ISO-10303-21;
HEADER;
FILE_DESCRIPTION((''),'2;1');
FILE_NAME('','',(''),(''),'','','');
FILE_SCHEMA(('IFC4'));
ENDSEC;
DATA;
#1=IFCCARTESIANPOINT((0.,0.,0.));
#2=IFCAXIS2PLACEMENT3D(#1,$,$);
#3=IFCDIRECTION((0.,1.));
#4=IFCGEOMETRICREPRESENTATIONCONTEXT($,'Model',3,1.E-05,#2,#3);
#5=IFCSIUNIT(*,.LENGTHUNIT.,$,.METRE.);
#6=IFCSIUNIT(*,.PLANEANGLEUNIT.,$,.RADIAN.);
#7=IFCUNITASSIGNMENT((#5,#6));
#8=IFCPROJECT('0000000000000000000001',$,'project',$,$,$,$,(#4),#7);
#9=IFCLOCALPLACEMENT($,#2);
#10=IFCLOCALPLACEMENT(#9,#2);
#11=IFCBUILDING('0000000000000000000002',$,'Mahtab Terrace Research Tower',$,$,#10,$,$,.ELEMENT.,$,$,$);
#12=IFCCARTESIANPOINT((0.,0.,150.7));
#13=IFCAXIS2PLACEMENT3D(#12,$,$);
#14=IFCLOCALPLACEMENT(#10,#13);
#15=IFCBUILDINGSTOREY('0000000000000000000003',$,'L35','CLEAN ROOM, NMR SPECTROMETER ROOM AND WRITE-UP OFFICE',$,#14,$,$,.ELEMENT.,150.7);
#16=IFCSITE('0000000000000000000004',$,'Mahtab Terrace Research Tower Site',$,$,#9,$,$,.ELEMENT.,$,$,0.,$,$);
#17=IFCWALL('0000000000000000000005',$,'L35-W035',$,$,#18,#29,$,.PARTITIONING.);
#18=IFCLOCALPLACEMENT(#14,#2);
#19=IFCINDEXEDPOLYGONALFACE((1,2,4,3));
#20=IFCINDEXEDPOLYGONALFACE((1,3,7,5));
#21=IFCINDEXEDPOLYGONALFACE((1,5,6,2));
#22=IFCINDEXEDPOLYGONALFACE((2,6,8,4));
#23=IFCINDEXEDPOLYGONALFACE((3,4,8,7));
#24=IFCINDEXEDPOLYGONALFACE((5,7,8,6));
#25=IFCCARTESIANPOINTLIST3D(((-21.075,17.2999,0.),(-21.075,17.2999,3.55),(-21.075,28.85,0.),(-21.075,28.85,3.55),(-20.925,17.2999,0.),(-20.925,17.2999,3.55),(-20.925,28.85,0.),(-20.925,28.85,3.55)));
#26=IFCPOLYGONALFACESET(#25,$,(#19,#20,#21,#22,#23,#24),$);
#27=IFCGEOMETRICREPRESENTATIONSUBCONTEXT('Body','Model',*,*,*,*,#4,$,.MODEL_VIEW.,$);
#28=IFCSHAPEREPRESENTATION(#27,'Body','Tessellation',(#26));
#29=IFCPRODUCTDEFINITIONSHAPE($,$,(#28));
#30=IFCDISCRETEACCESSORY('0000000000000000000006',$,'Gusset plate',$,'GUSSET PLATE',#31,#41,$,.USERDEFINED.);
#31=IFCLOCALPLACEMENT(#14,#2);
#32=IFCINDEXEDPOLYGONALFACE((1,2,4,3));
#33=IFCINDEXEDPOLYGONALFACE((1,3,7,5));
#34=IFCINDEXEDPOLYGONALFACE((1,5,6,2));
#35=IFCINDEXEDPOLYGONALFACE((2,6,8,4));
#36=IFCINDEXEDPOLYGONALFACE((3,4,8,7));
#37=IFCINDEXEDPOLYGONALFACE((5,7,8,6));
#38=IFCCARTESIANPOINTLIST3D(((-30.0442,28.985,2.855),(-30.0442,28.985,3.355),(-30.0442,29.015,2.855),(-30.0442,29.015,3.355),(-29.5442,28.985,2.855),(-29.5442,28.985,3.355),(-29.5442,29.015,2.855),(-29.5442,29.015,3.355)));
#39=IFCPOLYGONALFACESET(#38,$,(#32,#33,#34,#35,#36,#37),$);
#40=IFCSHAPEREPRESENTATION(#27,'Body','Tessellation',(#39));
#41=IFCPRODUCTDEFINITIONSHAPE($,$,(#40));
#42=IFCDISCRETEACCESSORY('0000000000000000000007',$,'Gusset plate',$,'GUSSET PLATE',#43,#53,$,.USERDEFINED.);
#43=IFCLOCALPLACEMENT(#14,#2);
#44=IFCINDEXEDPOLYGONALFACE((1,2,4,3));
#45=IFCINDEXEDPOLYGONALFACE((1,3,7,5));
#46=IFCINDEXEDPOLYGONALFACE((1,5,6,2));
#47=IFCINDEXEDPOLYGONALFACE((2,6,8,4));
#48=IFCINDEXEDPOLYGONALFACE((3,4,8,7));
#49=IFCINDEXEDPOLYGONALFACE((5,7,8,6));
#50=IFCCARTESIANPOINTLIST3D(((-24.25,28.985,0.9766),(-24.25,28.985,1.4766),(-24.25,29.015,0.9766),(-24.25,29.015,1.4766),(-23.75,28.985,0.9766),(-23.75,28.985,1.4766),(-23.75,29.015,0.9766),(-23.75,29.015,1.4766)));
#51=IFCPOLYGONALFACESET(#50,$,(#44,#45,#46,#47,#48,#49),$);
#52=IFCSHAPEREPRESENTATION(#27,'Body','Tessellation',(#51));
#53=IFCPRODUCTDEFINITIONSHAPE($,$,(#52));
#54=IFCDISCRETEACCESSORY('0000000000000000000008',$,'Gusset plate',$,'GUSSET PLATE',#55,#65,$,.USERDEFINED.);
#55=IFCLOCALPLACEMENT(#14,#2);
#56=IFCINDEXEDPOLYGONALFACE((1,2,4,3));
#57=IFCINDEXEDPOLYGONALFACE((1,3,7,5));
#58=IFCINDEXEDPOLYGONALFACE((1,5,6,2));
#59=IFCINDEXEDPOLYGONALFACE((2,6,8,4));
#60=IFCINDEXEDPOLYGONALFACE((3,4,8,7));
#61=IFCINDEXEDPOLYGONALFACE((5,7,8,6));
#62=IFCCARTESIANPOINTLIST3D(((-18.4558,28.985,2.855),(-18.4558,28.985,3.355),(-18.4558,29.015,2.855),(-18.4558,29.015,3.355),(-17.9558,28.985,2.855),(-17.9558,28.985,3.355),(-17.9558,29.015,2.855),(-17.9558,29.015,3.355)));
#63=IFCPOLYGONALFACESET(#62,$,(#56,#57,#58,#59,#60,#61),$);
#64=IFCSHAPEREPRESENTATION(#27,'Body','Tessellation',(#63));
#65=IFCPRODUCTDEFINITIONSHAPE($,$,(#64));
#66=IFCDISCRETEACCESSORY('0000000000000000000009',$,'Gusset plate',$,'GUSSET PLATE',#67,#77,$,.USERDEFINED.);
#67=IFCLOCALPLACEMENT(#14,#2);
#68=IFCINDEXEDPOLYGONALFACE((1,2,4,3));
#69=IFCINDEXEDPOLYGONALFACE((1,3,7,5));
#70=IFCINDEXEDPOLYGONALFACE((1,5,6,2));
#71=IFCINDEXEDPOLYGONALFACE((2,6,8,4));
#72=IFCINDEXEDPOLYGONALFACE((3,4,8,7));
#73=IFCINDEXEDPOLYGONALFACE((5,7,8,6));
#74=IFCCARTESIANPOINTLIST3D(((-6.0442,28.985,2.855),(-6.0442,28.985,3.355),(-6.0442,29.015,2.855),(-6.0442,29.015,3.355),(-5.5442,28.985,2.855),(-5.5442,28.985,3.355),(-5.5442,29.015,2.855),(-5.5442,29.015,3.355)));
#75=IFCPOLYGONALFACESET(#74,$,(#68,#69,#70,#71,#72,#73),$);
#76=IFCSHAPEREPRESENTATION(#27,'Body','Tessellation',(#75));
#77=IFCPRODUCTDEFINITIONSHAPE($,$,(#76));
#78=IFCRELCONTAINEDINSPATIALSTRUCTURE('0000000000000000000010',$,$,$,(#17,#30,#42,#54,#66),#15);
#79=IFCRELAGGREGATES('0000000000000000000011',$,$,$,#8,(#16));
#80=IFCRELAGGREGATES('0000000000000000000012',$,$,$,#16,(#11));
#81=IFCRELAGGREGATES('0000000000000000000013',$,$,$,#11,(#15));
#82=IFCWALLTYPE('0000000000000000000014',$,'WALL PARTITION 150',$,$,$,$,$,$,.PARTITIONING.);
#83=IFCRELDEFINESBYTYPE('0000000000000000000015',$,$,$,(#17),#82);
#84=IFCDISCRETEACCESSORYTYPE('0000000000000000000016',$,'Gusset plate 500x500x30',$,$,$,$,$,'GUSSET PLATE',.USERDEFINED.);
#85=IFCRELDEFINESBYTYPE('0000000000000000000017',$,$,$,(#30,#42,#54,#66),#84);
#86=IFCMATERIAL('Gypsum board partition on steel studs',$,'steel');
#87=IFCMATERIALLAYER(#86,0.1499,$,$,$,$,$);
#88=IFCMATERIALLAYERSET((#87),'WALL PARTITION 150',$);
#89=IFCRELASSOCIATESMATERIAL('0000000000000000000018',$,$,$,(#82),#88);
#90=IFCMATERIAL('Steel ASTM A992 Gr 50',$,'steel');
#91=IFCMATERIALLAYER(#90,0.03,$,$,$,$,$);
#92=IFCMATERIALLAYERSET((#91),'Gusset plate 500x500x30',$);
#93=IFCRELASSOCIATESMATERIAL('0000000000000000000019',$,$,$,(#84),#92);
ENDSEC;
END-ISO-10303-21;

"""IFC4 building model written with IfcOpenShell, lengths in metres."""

from ifc_helpers import new_model, si_unit, direction, frame, frame_2d, origin, origin_2d, place, context, subcontext, project, spatial, rectangle, extrude, material, layer, layer_set, type_object, element, save


model = new_model("IFC4")

# Units and contexts
model_context = context("Model", 3, precision=1e-05, world=origin(), true_north=direction((0.0, 1.0)))
body_context = subcontext(model_context, "Body", "Model", "MODEL_VIEW")
ifc_project = project(units=[si_unit("LENGTHUNIT", "METRE"), si_unit("PLANEANGLEUNIT", "RADIAN")], contexts=[model_context])

# Site, building, storey
site_placement = place(None, origin())
site = spatial("IfcSite", under=ifc_project, at=site_placement, Name="Mahtab Terrace Research Tower Site", CompositionType="ELEMENT", RefElevation=0.0)
building_placement = place(site_placement, origin())
building = spatial("IfcBuilding", under=site, at=building_placement, Name="Mahtab Terrace Research Tower", CompositionType="ELEMENT")
storey_placement = place(building_placement, frame((0.0, 0.0, 150.7)))
storey = spatial("IfcBuildingStorey", under=building, at=storey_placement, Name="L35", Description="CLEAN ROOM, NMR SPECTROMETER ROOM AND WRITE-UP OFFICE", CompositionType="ELEMENT", Elevation=150.7)

# Shared definitions
ifc_material_1 = material(Name="Steel ASTM A992 Gr 50", Category="steel")

# Wall
ifc_material_2 = material(Name="Gypsum board partition on steel studs", Category="steel")
ifc_layer_1 = layer(ifc_material_2, 0.1499)
ifc_layer_set_1 = layer_set([ifc_layer_1], Name="WALL PARTITION 150")
wall_type_1 = type_object("IfcWallType", Name="WALL PARTITION 150", PredefinedType="PARTITIONING", material=ifc_layer_set_1)
for number, where, z_axis, x_axis, name in (
    (1, (-21.0, 17.3, 0.0), (0.0, 0.0, 1.0), (0.0, 1.0, 0.0), "L35-W035"),
):
    element("IfcWall", number, at=place(storey_placement, frame(where, z_axis=z_axis, x_axis=x_axis)), inside=storey, type_object=wall_type_1, Name=name, PredefinedType="PARTITIONING", context=body_context, shape_type="SweptSolid", body=[
        extrude(rectangle(XDim=11.55, YDim=0.1499, at=frame_2d((5.7749, 0.0))), origin(), (0.0, 0.0, 1.0), 3.55),
    ])

# Discrete accessories
ifc_layer_2 = layer(ifc_material_1, 0.03)
ifc_layer_set_2 = layer_set([ifc_layer_2], Name="Gusset plate 500x500x30")
discrete_accessory_type = type_object("IfcDiscreteAccessoryType", Name="Gusset plate 500x500x30", ElementType="GUSSET PLATE", PredefinedType="USERDEFINED", material=ifc_layer_set_2)
for number, where, z_axis, x_axis, name in (
    (2, (-29.7942, 29.0, 2.855), (0.0, 0.0, 1.0), (1.0, 0.0, 0.0), "Gusset plate"),
    (3, (-24.0, 29.0, 0.9766), (0.0, 0.0, 1.0), (1.0, 0.0, 0.0), "Gusset plate"),
    (4, (-18.2058, 29.0, 2.855), (0.0, 0.0, 1.0), (1.0, 0.0, 0.0), "Gusset plate"),
    (5, (-5.7942, 29.0, 2.855), (0.0, 0.0, 1.0), (1.0, 0.0, 0.0), "Gusset plate"),
):
    element("IfcDiscreteAccessory", number, at=place(storey_placement, frame(where, z_axis=z_axis, x_axis=x_axis)), inside=storey, type_object=discrete_accessory_type, Name=name, ObjectType="GUSSET PLATE", PredefinedType="USERDEFINED", context=body_context, shape_type="SweptSolid", body=[
        extrude(rectangle(XDim=0.5, YDim=0.03, at=origin_2d()), origin(), (0.0, 0.0, 1.0), 0.5),
    ])

save(model, "model.ifc")
